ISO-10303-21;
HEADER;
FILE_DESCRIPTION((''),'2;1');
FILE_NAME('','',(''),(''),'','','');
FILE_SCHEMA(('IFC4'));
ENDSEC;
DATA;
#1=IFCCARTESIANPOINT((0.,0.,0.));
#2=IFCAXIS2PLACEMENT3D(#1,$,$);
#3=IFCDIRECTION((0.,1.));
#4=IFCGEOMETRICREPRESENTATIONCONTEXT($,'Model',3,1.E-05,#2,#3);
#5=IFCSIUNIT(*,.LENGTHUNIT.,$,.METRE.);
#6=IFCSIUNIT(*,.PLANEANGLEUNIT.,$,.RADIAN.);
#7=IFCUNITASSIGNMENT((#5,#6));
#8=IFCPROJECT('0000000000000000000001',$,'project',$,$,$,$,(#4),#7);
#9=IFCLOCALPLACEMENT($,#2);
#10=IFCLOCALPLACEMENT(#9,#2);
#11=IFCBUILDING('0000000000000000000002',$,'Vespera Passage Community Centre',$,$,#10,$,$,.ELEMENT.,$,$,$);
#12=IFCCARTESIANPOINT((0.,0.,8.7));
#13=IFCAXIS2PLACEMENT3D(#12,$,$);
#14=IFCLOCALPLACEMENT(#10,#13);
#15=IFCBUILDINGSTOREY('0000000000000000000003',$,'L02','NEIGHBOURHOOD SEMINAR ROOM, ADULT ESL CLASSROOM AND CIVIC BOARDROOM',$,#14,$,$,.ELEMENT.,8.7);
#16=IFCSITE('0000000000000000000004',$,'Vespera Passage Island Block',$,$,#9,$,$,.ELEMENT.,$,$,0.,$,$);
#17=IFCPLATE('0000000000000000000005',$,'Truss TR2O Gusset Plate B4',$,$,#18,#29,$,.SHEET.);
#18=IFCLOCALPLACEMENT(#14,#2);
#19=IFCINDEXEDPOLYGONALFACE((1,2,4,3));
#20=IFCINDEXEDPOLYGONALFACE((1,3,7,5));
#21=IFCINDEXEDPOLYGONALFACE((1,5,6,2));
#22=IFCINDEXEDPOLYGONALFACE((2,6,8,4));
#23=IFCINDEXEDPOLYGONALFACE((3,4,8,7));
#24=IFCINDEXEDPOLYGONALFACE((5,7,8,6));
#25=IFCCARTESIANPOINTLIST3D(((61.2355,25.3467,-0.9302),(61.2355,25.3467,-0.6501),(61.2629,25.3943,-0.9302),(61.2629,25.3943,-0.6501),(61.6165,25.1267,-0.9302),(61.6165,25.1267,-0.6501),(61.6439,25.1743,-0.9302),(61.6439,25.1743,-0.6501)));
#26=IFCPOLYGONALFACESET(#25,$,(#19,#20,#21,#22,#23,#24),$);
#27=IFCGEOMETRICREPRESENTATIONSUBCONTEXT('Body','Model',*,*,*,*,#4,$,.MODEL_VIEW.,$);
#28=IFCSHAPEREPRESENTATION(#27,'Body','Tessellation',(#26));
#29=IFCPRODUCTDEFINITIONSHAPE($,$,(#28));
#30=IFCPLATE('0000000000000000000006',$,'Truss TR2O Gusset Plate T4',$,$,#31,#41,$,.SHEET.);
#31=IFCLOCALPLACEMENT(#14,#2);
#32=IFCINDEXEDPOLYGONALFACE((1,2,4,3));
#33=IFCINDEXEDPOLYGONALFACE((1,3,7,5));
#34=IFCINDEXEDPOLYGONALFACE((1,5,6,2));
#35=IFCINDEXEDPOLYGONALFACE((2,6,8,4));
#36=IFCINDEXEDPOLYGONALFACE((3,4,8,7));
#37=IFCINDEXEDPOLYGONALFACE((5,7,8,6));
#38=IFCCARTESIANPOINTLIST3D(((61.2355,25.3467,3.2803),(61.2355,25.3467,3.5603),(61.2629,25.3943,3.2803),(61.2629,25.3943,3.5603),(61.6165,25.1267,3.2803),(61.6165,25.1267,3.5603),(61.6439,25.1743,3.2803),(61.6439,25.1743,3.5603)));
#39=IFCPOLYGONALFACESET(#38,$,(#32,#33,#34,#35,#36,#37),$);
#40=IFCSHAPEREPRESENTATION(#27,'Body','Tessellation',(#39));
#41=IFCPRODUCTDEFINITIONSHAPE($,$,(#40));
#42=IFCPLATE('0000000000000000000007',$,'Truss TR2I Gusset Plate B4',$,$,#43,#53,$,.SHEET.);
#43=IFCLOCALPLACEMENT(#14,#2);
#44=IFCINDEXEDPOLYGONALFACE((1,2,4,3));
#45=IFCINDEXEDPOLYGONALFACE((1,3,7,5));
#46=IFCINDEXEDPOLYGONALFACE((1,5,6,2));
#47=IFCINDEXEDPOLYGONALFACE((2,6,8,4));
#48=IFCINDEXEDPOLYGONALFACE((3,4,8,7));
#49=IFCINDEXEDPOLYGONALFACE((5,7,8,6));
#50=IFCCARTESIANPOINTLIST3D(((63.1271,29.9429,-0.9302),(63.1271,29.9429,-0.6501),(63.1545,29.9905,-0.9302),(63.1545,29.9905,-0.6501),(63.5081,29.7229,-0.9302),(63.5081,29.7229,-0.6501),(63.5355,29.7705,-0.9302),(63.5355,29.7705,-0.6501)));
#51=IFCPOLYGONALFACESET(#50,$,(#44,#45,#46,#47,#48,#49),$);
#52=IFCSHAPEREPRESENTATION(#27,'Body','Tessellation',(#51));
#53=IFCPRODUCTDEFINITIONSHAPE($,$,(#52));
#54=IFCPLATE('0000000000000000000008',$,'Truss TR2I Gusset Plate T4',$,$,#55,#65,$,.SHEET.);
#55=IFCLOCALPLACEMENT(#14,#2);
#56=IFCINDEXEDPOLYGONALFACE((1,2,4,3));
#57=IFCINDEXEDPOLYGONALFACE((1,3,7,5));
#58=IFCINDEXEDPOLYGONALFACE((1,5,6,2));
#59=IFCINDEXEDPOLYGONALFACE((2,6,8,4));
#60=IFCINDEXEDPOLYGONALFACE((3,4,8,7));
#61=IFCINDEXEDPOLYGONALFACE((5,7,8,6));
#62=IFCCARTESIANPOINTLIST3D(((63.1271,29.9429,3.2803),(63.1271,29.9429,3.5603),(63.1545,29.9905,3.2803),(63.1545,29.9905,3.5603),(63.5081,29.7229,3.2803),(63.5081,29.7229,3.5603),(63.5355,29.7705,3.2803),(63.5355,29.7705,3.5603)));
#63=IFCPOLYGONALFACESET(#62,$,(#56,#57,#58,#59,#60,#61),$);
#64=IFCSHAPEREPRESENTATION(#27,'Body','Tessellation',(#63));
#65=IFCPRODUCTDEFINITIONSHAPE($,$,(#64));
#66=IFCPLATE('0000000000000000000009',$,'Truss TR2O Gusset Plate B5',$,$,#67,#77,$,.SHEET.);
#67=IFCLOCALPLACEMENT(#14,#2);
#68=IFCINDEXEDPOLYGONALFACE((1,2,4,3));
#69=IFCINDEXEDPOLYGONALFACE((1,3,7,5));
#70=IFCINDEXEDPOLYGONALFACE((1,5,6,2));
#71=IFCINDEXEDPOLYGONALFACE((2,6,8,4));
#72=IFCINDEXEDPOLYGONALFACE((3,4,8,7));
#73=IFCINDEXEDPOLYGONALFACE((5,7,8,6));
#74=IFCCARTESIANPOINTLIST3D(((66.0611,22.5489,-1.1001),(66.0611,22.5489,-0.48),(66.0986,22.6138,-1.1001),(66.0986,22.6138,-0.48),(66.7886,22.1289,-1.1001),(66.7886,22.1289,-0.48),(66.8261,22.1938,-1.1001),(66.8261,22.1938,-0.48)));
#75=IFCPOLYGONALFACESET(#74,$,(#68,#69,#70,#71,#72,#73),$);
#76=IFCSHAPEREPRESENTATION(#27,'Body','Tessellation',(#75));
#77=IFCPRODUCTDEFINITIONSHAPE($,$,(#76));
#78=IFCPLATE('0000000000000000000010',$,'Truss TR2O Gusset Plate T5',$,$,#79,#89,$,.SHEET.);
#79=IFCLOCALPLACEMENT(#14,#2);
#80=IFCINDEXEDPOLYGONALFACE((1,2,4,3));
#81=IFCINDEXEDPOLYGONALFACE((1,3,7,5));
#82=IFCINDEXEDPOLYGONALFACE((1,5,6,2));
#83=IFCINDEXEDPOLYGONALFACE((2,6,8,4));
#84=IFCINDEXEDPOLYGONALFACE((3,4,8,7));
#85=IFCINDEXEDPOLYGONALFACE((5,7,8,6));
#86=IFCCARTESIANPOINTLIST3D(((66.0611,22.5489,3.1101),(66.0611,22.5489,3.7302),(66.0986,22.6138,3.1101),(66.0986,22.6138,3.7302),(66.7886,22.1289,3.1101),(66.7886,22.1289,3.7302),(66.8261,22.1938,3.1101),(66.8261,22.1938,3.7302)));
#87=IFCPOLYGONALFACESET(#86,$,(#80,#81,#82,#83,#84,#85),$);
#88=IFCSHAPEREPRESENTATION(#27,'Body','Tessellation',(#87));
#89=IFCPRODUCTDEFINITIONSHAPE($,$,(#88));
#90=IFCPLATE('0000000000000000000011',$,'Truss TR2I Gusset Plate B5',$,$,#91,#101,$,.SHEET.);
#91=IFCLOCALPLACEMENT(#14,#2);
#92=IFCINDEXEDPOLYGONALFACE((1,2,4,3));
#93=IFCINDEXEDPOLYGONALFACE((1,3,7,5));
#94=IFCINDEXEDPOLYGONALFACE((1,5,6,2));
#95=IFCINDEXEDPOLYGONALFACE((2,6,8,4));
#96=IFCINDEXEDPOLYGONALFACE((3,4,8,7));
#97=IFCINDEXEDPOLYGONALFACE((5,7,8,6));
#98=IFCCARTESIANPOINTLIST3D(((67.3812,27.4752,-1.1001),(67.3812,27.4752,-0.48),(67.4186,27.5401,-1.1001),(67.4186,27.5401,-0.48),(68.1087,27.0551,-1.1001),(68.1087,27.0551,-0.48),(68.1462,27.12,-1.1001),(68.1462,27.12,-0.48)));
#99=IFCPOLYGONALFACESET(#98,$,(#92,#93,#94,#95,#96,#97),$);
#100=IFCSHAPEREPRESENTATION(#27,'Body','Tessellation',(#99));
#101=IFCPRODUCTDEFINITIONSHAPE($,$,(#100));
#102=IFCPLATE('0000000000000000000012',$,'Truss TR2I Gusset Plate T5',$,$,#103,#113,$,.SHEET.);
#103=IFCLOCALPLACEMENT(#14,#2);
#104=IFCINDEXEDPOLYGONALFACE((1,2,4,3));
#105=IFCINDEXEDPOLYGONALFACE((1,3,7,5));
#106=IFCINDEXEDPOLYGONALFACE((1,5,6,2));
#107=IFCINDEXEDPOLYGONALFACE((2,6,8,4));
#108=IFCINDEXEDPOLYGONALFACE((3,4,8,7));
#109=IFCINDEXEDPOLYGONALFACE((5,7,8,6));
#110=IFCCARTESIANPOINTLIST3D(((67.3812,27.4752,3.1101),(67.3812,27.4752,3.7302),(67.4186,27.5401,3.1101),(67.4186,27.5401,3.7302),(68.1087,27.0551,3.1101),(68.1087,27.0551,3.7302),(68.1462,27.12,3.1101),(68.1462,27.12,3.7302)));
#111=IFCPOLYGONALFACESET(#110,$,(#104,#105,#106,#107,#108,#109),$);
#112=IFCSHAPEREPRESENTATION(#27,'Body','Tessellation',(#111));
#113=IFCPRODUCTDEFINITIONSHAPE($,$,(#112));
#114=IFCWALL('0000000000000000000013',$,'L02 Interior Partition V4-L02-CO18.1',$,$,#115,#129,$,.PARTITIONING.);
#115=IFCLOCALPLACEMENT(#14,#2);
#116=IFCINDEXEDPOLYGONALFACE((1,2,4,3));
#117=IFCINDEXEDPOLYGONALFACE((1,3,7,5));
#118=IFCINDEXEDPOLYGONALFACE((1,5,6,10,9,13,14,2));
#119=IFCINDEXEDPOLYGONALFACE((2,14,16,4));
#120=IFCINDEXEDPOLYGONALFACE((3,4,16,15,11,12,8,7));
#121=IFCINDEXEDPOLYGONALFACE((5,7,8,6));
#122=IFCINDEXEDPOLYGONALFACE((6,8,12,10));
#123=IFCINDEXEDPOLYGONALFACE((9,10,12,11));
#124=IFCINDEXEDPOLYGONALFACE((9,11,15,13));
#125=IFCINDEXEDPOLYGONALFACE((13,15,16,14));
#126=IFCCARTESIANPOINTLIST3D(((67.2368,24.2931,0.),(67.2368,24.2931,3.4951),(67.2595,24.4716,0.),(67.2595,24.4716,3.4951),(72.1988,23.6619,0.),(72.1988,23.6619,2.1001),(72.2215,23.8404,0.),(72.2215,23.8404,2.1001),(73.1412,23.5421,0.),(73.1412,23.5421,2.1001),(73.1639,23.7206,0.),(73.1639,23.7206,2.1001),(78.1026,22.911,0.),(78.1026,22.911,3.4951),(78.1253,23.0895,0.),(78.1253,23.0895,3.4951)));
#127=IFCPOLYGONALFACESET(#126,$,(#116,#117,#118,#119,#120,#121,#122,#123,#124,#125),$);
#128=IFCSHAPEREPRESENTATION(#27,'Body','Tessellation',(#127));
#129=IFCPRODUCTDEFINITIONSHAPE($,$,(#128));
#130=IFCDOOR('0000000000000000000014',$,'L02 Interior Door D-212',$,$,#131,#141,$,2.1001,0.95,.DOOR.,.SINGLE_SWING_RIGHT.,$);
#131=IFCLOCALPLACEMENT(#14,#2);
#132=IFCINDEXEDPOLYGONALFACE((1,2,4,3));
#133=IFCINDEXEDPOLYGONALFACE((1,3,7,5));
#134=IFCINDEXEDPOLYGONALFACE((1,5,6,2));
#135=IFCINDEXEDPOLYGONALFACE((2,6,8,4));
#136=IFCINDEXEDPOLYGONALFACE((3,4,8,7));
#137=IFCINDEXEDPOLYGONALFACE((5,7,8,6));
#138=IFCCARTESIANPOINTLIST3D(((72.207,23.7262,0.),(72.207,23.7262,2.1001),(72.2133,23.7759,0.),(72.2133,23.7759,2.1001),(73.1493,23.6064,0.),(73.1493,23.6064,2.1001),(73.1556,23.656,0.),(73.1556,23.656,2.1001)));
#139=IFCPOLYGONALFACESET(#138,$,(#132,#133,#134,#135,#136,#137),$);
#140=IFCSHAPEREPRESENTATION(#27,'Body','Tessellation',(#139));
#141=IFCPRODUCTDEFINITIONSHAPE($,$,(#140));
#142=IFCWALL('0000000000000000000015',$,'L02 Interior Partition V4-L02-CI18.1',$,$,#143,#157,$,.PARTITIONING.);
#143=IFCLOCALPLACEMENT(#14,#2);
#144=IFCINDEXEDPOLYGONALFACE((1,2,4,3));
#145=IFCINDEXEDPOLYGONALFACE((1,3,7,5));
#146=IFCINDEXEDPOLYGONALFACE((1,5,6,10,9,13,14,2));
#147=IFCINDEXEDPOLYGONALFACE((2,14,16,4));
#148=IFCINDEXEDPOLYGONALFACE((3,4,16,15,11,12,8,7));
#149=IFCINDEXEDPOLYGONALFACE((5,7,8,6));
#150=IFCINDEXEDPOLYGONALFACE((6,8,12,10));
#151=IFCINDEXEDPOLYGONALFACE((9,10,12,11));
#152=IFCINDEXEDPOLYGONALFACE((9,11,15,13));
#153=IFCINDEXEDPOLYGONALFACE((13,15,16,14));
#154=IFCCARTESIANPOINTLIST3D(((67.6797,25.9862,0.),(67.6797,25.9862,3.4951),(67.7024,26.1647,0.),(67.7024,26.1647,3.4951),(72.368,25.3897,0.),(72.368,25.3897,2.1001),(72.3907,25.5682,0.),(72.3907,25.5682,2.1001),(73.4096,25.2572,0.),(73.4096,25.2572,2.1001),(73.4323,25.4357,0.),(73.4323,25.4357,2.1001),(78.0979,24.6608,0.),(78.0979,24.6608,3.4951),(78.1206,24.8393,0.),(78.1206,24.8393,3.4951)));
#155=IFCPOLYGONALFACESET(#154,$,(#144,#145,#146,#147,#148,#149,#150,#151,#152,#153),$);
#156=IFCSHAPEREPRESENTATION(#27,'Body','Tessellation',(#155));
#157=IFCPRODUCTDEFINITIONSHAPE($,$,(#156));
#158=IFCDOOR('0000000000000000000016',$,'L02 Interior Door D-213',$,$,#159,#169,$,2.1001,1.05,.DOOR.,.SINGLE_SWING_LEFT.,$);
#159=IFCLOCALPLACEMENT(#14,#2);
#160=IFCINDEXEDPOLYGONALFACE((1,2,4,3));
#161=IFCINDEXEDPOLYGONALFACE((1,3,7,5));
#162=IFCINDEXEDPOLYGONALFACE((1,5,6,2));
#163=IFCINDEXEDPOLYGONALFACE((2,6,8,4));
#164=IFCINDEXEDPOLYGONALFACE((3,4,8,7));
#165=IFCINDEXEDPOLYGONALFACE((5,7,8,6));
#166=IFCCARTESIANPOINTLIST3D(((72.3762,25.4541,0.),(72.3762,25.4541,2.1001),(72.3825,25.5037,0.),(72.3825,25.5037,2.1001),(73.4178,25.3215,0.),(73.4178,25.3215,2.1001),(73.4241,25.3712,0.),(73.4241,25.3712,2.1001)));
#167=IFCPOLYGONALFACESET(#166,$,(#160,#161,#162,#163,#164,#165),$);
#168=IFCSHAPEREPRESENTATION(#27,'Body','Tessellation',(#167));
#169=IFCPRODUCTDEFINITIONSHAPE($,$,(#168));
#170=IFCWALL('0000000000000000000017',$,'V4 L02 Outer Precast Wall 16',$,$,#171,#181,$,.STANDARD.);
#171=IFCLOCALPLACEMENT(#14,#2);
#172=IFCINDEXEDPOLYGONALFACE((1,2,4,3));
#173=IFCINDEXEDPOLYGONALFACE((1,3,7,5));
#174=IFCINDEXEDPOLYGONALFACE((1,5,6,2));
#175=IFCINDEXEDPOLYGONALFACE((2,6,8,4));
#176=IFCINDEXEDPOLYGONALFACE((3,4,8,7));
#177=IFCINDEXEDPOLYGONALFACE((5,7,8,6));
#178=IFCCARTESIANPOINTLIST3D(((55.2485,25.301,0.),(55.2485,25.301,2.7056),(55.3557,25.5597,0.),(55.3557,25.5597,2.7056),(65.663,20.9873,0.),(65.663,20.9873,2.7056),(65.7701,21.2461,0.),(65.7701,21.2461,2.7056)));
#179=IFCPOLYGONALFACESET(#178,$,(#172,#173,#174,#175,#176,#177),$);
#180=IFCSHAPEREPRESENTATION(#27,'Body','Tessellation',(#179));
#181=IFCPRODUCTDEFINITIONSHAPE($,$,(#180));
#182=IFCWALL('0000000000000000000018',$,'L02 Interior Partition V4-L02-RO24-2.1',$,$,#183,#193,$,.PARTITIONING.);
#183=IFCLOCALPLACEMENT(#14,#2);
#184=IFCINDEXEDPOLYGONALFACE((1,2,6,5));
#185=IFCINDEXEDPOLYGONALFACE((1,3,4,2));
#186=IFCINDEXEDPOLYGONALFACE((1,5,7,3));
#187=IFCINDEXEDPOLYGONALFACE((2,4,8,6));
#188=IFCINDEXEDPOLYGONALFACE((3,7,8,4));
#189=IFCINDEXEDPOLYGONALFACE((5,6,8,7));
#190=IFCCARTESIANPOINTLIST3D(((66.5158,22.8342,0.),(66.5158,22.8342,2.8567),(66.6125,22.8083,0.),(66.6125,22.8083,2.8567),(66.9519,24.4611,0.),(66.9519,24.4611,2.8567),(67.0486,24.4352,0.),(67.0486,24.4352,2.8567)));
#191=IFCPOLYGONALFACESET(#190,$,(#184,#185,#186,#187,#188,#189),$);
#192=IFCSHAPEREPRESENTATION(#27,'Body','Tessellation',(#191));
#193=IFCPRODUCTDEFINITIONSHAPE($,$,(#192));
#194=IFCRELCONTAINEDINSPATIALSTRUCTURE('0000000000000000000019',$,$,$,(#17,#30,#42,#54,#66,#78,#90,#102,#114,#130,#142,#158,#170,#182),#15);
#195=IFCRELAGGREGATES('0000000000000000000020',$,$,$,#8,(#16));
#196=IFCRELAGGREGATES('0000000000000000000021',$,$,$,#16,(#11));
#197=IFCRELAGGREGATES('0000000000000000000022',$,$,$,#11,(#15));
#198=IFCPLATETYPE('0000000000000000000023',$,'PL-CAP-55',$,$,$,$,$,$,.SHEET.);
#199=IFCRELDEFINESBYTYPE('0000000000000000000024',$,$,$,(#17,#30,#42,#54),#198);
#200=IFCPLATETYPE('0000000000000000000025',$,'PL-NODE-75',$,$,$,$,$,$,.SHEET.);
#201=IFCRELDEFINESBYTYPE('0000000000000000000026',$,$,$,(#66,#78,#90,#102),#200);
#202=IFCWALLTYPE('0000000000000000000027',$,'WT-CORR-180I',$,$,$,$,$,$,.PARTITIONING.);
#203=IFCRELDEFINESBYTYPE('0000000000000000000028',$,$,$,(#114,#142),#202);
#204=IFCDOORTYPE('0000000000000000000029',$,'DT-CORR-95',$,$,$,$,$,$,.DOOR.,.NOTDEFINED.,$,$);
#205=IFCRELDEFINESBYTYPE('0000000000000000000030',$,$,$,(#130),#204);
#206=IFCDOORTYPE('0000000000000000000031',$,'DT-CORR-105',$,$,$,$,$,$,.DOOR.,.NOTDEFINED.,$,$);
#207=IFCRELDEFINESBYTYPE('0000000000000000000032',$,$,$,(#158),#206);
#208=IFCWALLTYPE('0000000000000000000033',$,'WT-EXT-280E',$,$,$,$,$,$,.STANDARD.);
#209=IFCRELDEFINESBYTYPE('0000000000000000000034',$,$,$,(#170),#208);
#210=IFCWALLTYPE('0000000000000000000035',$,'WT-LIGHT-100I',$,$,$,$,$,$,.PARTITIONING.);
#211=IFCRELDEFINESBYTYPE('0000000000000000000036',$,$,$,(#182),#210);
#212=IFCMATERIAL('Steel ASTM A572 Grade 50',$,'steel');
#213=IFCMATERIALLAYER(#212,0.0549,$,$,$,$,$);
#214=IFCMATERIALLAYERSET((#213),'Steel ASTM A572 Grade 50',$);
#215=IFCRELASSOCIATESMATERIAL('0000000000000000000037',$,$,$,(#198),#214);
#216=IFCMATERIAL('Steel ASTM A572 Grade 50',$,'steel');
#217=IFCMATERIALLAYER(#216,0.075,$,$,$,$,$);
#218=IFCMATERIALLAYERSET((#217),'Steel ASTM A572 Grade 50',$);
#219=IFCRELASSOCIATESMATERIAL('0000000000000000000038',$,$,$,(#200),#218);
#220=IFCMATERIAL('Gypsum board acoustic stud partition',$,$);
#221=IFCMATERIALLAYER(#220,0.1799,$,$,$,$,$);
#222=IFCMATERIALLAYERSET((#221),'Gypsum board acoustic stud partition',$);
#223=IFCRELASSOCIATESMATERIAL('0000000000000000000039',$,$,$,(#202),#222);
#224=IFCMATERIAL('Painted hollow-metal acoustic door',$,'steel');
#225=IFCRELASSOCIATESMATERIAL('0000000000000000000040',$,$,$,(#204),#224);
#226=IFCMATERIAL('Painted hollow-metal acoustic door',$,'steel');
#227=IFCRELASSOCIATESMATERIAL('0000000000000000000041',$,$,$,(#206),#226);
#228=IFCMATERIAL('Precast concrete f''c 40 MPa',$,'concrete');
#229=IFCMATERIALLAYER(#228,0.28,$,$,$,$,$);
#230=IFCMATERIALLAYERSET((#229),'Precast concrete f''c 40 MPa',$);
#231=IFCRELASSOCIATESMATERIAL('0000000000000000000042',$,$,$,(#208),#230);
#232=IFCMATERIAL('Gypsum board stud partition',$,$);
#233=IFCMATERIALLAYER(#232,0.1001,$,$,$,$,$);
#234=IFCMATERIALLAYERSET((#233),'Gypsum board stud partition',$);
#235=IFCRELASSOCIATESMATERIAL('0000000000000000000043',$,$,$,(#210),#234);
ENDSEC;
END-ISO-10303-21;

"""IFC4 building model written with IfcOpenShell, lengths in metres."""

from ifc_helpers import new_model, si_unit, direction, frame, frame_2d, origin, origin_2d, place, context, subcontext, project, spatial, rectangle, extrude, material, layer, layer_set, type_object, element, fill, save


model = new_model("IFC4")

# Units and contexts
model_context = context("Model", 3, precision=1e-05, world=origin(), true_north=direction((0.0, 1.0)))
body_context = subcontext(model_context, "Body", "Model", "MODEL_VIEW")
ifc_project = project(units=[si_unit("LENGTHUNIT", "METRE"), si_unit("PLANEANGLEUNIT", "RADIAN")], contexts=[model_context])

# Site, building, storey
site_placement = place(None, origin())
site = spatial("IfcSite", under=ifc_project, at=site_placement, Name="Vespera Passage Island Block", CompositionType="ELEMENT", RefElevation=0.0)
building_placement = place(site_placement, origin())
building = spatial("IfcBuilding", under=site, at=building_placement, Name="Vespera Passage Community Centre", CompositionType="ELEMENT")
storey_placement = place(building_placement, frame((0.0, 0.0, 8.7)))
storey = spatial("IfcBuildingStorey", under=building, at=storey_placement, Name="L02", Description="NEIGHBOURHOOD SEMINAR ROOM, ADULT ESL CLASSROOM AND CIVIC BOARDROOM", CompositionType="ELEMENT", Elevation=8.7)

# Plates
ifc_material_1 = material(Name="Steel ASTM A572 Grade 50", Category="steel")
ifc_layer_1 = layer(ifc_material_1, 0.0549)
ifc_layer_set_1 = layer_set([ifc_layer_1], Name="Steel ASTM A572 Grade 50")
plate_type_1 = type_object("IfcPlateType", Name="PL-CAP-55", PredefinedType="SHEET", material=ifc_layer_set_1)
for number, where, z_axis, x_axis, name in (
    (1, (61.4397, 25.2605, -0.9302), (0.0, 0.0, 1.0), (0.866025, -0.5, 0.0), "Truss TR2O Gusset Plate B4"),
    (2, (61.4397, 25.2605, 3.2803), (0.0, 0.0, 1.0), (0.866025, -0.5, 0.0), "Truss TR2O Gusset Plate T4"),
    (3, (63.3313, 29.8567, -0.9302), (0.0, 0.0, 1.0), (0.866025, -0.5, 0.0), "Truss TR2I Gusset Plate B4"),
    (4, (63.3313, 29.8567, 3.2803), (0.0, 0.0, 1.0), (0.866025, -0.5, 0.0), "Truss TR2I Gusset Plate T4"),
):
    element("IfcPlate", number, at=place(storey_placement, frame(where, z_axis=z_axis, x_axis=x_axis)), inside=storey, type_object=plate_type_1, Name=name, PredefinedType="SHEET", context=body_context, shape_type="SweptSolid", body=[
        extrude(rectangle(XDim=0.4399, YDim=0.0549, at=origin_2d()), origin(), (0.0, 0.0, 1.0), 0.28),
    ])
ifc_material_2 = material(Name="Steel ASTM A572 Grade 50", Category="steel")
ifc_layer_2 = layer(ifc_material_2, 0.075)
ifc_layer_set_2 = layer_set([ifc_layer_2], Name="Steel ASTM A572 Grade 50")
plate_type_2 = type_object("IfcPlateType", Name="PL-NODE-75", PredefinedType="SHEET", material=ifc_layer_set_2)
for number, where, z_axis, x_axis, name in (
    (5, (66.4436, 22.3713, -1.1001), (0.0, 0.0, 1.0), (0.866025, -0.5, 0.0), "Truss TR2O Gusset Plate B5"),
    (6, (66.4436, 22.3713, 3.1101), (0.0, 0.0, 1.0), (0.866025, -0.5, 0.0), "Truss TR2O Gusset Plate T5"),
    (7, (67.7637, 27.2976, -1.1001), (0.0, 0.0, 1.0), (0.866025, -0.5, 0.0), "Truss TR2I Gusset Plate B5"),
    (8, (67.7637, 27.2976, 3.1101), (0.0, 0.0, 1.0), (0.866025, -0.5, 0.0), "Truss TR2I Gusset Plate T5"),
):
    element("IfcPlate", number, at=place(storey_placement, frame(where, z_axis=z_axis, x_axis=x_axis)), inside=storey, type_object=plate_type_2, Name=name, PredefinedType="SHEET", context=body_context, shape_type="SweptSolid", body=[
        extrude(rectangle(XDim=0.8401, YDim=0.075, at=origin_2d()), origin(), (0.0, 0.0, 1.0), 0.6201),
    ])

# Walls, openings, doors
ifc_material_3 = material(Name="Gypsum board acoustic stud partition")
ifc_layer_3 = layer(ifc_material_3, 0.1799)
ifc_layer_set_3 = layer_set([ifc_layer_3], Name="Gypsum board acoustic stud partition")
wall_type_1 = type_object("IfcWallType", Name="WT-CORR-180I", PredefinedType="PARTITIONING", material=ifc_layer_set_3)
wall_1_placement = place(storey_placement, frame((67.2483, 24.3823, 0.0), z_axis=(0.0, 0.0, 1.0), x_axis=(0.992007, -0.12618, 0.0)))
wall_1 = element("IfcWall", 9, at=wall_1_placement, inside=storey, type_object=wall_type_1, Name="L02 Interior Partition V4-L02-CO18.1", PredefinedType="PARTITIONING", context=body_context, shape_type="SweptSolid", body=[
    extrude(rectangle(XDim=10.9534, YDim=0.1799, at=frame_2d((5.4766, 0.0))), origin(), (0.0, 0.0, 1.0), 3.4951),
])
opening_1_placement = place(wall_1_placement, frame((5.0017, 0.0, 0.0)))
opening_1 = element("IfcOpeningElement", 10, at=opening_1_placement, cuts=wall_1, PredefinedType="OPENING", context=body_context, shape_type="SweptSolid", body=[
    extrude(rectangle(XDim=0.95, YDim=2.1001, at=frame_2d((0.4751, 1.05))), frame((0.0, 0.0999, 0.0), z_axis=(0.0, -1.0, 0.0), x_axis=(1.0, 0.0, 0.0)), (0.0, 0.0, 1.0), 0.2),
])
ifc_material_4 = material(Name="Painted hollow-metal acoustic door", Category="steel")
door_type_1 = type_object("IfcDoorType", Name="DT-CORR-95", OperationType="NOTDEFINED", PredefinedType="DOOR", material=ifc_material_4)
door_1_placement = place(opening_1_placement, origin())
door_1 = element("IfcDoor", 11, at=door_1_placement, inside=storey, type_object=door_type_1, Name="L02 Interior Door D-212", OperationType="SINGLE_SWING_RIGHT", OverallHeight=2.1001, OverallWidth=0.95, PredefinedType="DOOR", context=body_context, shape_type="SweptSolid", body=[
    extrude(rectangle(XDim=0.95, YDim=2.1001, at=frame_2d((0.4751, 1.05))), frame((0.0, 0.0249, 0.0), z_axis=(0.0, -1.0, 0.0), x_axis=(1.0, 0.0, 0.0)), (0.0, 0.0, 1.0), 0.05),
])
fill(opening_1, door_1)
wall_2_placement = place(storey_placement, frame((67.6912, 26.0754, 0.0), z_axis=(0.0, 0.0, 1.0), x_axis=(0.992004, -0.126206, 0.0)))
wall_2 = element("IfcWall", 12, at=wall_2_placement, inside=storey, type_object=wall_type_1, Name="L02 Interior Partition V4-L02-CI18.1", PredefinedType="PARTITIONING", context=body_context, shape_type="SweptSolid", body=[
    extrude(rectangle(XDim=10.5022, YDim=0.1799, at=frame_2d((5.251, 0.0))), origin(), (0.0, 0.0, 1.0), 3.4951),
])
opening_2_placement = place(wall_2_placement, frame((4.7261, 0.0, 0.0)))
opening_2 = element("IfcOpeningElement", 13, at=opening_2_placement, cuts=wall_2, PredefinedType="OPENING", context=body_context, shape_type="SweptSolid", body=[
    extrude(rectangle(XDim=1.05, YDim=2.1001, at=frame_2d((0.5249, 1.05))), frame((0.0, 0.0999, 0.0), z_axis=(0.0, -1.0, 0.0), x_axis=(1.0, 0.0, 0.0)), (0.0, 0.0, 1.0), 0.2),
])
ifc_material_5 = material(Name="Painted hollow-metal acoustic door", Category="steel")
door_type_2 = type_object("IfcDoorType", Name="DT-CORR-105", OperationType="NOTDEFINED", PredefinedType="DOOR", material=ifc_material_5)
door_2_placement = place(opening_2_placement, origin())
door_2 = element("IfcDoor", 14, at=door_2_placement, inside=storey, type_object=door_type_2, Name="L02 Interior Door D-213", OperationType="SINGLE_SWING_LEFT", OverallHeight=2.1001, OverallWidth=1.05, PredefinedType="DOOR", context=body_context, shape_type="SweptSolid", body=[
    extrude(rectangle(XDim=1.05, YDim=2.1001, at=frame_2d((0.5249, 1.05))), frame((0.0, 0.0249, 0.0), z_axis=(0.0, -1.0, 0.0), x_axis=(1.0, 0.0, 0.0)), (0.0, 0.0, 1.0), 0.05),
])
fill(opening_2, door_2)

# Walls
ifc_material_6 = material(Name="Precast concrete f'c 40 MPa", Category="concrete")
ifc_layer_4 = layer(ifc_material_6, 0.28)
ifc_layer_set_4 = layer_set([ifc_layer_4], Name="Precast concrete f'c 40 MPa")
wall_type_2 = type_object("IfcWallType", Name="WT-EXT-280E", PredefinedType="STANDARD", material=ifc_layer_set_4)
wall_3_placement = place(storey_placement, frame((65.7166, 21.1167, 0.0), z_axis=(0.0, 0.0, 1.0), x_axis=(-0.923884, 0.382674, 0.0)))
element("IfcWall", 15, at=wall_3_placement, inside=storey, type_object=wall_type_2, Name="V4 L02 Outer Precast Wall 16", PredefinedType="STANDARD", context=body_context, shape_type="SweptSolid", body=[
    extrude(rectangle(XDim=11.2725, YDim=0.28, at=frame_2d((5.6362, 0.0))), origin(), (0.0, 0.0, 1.0), 2.7056),
])
ifc_material_7 = material(Name="Gypsum board stud partition")
ifc_layer_5 = layer(ifc_material_7, 0.1001)
ifc_layer_set_5 = layer_set([ifc_layer_5], Name="Gypsum board stud partition")
wall_type_3 = type_object("IfcWallType", Name="WT-LIGHT-100I", PredefinedType="PARTITIONING", material=ifc_layer_set_5)
wall_4_placement = place(storey_placement, frame((67.0002, 24.4482, 0.0), z_axis=(0.0, 0.0, 1.0), x_axis=(-0.258871, -0.965912, 0.0)))
element("IfcWall", 16, at=wall_4_placement, inside=storey, type_object=wall_type_3, Name="L02 Interior Partition V4-L02-RO24-2.1", PredefinedType="PARTITIONING", context=body_context, shape_type="SweptSolid", body=[
    extrude(rectangle(XDim=1.6843, YDim=0.1001, at=frame_2d((0.8423, 0.0))), origin(), (0.0, 0.0, 1.0), 2.8567),
])

save(model, "model.ifc")
